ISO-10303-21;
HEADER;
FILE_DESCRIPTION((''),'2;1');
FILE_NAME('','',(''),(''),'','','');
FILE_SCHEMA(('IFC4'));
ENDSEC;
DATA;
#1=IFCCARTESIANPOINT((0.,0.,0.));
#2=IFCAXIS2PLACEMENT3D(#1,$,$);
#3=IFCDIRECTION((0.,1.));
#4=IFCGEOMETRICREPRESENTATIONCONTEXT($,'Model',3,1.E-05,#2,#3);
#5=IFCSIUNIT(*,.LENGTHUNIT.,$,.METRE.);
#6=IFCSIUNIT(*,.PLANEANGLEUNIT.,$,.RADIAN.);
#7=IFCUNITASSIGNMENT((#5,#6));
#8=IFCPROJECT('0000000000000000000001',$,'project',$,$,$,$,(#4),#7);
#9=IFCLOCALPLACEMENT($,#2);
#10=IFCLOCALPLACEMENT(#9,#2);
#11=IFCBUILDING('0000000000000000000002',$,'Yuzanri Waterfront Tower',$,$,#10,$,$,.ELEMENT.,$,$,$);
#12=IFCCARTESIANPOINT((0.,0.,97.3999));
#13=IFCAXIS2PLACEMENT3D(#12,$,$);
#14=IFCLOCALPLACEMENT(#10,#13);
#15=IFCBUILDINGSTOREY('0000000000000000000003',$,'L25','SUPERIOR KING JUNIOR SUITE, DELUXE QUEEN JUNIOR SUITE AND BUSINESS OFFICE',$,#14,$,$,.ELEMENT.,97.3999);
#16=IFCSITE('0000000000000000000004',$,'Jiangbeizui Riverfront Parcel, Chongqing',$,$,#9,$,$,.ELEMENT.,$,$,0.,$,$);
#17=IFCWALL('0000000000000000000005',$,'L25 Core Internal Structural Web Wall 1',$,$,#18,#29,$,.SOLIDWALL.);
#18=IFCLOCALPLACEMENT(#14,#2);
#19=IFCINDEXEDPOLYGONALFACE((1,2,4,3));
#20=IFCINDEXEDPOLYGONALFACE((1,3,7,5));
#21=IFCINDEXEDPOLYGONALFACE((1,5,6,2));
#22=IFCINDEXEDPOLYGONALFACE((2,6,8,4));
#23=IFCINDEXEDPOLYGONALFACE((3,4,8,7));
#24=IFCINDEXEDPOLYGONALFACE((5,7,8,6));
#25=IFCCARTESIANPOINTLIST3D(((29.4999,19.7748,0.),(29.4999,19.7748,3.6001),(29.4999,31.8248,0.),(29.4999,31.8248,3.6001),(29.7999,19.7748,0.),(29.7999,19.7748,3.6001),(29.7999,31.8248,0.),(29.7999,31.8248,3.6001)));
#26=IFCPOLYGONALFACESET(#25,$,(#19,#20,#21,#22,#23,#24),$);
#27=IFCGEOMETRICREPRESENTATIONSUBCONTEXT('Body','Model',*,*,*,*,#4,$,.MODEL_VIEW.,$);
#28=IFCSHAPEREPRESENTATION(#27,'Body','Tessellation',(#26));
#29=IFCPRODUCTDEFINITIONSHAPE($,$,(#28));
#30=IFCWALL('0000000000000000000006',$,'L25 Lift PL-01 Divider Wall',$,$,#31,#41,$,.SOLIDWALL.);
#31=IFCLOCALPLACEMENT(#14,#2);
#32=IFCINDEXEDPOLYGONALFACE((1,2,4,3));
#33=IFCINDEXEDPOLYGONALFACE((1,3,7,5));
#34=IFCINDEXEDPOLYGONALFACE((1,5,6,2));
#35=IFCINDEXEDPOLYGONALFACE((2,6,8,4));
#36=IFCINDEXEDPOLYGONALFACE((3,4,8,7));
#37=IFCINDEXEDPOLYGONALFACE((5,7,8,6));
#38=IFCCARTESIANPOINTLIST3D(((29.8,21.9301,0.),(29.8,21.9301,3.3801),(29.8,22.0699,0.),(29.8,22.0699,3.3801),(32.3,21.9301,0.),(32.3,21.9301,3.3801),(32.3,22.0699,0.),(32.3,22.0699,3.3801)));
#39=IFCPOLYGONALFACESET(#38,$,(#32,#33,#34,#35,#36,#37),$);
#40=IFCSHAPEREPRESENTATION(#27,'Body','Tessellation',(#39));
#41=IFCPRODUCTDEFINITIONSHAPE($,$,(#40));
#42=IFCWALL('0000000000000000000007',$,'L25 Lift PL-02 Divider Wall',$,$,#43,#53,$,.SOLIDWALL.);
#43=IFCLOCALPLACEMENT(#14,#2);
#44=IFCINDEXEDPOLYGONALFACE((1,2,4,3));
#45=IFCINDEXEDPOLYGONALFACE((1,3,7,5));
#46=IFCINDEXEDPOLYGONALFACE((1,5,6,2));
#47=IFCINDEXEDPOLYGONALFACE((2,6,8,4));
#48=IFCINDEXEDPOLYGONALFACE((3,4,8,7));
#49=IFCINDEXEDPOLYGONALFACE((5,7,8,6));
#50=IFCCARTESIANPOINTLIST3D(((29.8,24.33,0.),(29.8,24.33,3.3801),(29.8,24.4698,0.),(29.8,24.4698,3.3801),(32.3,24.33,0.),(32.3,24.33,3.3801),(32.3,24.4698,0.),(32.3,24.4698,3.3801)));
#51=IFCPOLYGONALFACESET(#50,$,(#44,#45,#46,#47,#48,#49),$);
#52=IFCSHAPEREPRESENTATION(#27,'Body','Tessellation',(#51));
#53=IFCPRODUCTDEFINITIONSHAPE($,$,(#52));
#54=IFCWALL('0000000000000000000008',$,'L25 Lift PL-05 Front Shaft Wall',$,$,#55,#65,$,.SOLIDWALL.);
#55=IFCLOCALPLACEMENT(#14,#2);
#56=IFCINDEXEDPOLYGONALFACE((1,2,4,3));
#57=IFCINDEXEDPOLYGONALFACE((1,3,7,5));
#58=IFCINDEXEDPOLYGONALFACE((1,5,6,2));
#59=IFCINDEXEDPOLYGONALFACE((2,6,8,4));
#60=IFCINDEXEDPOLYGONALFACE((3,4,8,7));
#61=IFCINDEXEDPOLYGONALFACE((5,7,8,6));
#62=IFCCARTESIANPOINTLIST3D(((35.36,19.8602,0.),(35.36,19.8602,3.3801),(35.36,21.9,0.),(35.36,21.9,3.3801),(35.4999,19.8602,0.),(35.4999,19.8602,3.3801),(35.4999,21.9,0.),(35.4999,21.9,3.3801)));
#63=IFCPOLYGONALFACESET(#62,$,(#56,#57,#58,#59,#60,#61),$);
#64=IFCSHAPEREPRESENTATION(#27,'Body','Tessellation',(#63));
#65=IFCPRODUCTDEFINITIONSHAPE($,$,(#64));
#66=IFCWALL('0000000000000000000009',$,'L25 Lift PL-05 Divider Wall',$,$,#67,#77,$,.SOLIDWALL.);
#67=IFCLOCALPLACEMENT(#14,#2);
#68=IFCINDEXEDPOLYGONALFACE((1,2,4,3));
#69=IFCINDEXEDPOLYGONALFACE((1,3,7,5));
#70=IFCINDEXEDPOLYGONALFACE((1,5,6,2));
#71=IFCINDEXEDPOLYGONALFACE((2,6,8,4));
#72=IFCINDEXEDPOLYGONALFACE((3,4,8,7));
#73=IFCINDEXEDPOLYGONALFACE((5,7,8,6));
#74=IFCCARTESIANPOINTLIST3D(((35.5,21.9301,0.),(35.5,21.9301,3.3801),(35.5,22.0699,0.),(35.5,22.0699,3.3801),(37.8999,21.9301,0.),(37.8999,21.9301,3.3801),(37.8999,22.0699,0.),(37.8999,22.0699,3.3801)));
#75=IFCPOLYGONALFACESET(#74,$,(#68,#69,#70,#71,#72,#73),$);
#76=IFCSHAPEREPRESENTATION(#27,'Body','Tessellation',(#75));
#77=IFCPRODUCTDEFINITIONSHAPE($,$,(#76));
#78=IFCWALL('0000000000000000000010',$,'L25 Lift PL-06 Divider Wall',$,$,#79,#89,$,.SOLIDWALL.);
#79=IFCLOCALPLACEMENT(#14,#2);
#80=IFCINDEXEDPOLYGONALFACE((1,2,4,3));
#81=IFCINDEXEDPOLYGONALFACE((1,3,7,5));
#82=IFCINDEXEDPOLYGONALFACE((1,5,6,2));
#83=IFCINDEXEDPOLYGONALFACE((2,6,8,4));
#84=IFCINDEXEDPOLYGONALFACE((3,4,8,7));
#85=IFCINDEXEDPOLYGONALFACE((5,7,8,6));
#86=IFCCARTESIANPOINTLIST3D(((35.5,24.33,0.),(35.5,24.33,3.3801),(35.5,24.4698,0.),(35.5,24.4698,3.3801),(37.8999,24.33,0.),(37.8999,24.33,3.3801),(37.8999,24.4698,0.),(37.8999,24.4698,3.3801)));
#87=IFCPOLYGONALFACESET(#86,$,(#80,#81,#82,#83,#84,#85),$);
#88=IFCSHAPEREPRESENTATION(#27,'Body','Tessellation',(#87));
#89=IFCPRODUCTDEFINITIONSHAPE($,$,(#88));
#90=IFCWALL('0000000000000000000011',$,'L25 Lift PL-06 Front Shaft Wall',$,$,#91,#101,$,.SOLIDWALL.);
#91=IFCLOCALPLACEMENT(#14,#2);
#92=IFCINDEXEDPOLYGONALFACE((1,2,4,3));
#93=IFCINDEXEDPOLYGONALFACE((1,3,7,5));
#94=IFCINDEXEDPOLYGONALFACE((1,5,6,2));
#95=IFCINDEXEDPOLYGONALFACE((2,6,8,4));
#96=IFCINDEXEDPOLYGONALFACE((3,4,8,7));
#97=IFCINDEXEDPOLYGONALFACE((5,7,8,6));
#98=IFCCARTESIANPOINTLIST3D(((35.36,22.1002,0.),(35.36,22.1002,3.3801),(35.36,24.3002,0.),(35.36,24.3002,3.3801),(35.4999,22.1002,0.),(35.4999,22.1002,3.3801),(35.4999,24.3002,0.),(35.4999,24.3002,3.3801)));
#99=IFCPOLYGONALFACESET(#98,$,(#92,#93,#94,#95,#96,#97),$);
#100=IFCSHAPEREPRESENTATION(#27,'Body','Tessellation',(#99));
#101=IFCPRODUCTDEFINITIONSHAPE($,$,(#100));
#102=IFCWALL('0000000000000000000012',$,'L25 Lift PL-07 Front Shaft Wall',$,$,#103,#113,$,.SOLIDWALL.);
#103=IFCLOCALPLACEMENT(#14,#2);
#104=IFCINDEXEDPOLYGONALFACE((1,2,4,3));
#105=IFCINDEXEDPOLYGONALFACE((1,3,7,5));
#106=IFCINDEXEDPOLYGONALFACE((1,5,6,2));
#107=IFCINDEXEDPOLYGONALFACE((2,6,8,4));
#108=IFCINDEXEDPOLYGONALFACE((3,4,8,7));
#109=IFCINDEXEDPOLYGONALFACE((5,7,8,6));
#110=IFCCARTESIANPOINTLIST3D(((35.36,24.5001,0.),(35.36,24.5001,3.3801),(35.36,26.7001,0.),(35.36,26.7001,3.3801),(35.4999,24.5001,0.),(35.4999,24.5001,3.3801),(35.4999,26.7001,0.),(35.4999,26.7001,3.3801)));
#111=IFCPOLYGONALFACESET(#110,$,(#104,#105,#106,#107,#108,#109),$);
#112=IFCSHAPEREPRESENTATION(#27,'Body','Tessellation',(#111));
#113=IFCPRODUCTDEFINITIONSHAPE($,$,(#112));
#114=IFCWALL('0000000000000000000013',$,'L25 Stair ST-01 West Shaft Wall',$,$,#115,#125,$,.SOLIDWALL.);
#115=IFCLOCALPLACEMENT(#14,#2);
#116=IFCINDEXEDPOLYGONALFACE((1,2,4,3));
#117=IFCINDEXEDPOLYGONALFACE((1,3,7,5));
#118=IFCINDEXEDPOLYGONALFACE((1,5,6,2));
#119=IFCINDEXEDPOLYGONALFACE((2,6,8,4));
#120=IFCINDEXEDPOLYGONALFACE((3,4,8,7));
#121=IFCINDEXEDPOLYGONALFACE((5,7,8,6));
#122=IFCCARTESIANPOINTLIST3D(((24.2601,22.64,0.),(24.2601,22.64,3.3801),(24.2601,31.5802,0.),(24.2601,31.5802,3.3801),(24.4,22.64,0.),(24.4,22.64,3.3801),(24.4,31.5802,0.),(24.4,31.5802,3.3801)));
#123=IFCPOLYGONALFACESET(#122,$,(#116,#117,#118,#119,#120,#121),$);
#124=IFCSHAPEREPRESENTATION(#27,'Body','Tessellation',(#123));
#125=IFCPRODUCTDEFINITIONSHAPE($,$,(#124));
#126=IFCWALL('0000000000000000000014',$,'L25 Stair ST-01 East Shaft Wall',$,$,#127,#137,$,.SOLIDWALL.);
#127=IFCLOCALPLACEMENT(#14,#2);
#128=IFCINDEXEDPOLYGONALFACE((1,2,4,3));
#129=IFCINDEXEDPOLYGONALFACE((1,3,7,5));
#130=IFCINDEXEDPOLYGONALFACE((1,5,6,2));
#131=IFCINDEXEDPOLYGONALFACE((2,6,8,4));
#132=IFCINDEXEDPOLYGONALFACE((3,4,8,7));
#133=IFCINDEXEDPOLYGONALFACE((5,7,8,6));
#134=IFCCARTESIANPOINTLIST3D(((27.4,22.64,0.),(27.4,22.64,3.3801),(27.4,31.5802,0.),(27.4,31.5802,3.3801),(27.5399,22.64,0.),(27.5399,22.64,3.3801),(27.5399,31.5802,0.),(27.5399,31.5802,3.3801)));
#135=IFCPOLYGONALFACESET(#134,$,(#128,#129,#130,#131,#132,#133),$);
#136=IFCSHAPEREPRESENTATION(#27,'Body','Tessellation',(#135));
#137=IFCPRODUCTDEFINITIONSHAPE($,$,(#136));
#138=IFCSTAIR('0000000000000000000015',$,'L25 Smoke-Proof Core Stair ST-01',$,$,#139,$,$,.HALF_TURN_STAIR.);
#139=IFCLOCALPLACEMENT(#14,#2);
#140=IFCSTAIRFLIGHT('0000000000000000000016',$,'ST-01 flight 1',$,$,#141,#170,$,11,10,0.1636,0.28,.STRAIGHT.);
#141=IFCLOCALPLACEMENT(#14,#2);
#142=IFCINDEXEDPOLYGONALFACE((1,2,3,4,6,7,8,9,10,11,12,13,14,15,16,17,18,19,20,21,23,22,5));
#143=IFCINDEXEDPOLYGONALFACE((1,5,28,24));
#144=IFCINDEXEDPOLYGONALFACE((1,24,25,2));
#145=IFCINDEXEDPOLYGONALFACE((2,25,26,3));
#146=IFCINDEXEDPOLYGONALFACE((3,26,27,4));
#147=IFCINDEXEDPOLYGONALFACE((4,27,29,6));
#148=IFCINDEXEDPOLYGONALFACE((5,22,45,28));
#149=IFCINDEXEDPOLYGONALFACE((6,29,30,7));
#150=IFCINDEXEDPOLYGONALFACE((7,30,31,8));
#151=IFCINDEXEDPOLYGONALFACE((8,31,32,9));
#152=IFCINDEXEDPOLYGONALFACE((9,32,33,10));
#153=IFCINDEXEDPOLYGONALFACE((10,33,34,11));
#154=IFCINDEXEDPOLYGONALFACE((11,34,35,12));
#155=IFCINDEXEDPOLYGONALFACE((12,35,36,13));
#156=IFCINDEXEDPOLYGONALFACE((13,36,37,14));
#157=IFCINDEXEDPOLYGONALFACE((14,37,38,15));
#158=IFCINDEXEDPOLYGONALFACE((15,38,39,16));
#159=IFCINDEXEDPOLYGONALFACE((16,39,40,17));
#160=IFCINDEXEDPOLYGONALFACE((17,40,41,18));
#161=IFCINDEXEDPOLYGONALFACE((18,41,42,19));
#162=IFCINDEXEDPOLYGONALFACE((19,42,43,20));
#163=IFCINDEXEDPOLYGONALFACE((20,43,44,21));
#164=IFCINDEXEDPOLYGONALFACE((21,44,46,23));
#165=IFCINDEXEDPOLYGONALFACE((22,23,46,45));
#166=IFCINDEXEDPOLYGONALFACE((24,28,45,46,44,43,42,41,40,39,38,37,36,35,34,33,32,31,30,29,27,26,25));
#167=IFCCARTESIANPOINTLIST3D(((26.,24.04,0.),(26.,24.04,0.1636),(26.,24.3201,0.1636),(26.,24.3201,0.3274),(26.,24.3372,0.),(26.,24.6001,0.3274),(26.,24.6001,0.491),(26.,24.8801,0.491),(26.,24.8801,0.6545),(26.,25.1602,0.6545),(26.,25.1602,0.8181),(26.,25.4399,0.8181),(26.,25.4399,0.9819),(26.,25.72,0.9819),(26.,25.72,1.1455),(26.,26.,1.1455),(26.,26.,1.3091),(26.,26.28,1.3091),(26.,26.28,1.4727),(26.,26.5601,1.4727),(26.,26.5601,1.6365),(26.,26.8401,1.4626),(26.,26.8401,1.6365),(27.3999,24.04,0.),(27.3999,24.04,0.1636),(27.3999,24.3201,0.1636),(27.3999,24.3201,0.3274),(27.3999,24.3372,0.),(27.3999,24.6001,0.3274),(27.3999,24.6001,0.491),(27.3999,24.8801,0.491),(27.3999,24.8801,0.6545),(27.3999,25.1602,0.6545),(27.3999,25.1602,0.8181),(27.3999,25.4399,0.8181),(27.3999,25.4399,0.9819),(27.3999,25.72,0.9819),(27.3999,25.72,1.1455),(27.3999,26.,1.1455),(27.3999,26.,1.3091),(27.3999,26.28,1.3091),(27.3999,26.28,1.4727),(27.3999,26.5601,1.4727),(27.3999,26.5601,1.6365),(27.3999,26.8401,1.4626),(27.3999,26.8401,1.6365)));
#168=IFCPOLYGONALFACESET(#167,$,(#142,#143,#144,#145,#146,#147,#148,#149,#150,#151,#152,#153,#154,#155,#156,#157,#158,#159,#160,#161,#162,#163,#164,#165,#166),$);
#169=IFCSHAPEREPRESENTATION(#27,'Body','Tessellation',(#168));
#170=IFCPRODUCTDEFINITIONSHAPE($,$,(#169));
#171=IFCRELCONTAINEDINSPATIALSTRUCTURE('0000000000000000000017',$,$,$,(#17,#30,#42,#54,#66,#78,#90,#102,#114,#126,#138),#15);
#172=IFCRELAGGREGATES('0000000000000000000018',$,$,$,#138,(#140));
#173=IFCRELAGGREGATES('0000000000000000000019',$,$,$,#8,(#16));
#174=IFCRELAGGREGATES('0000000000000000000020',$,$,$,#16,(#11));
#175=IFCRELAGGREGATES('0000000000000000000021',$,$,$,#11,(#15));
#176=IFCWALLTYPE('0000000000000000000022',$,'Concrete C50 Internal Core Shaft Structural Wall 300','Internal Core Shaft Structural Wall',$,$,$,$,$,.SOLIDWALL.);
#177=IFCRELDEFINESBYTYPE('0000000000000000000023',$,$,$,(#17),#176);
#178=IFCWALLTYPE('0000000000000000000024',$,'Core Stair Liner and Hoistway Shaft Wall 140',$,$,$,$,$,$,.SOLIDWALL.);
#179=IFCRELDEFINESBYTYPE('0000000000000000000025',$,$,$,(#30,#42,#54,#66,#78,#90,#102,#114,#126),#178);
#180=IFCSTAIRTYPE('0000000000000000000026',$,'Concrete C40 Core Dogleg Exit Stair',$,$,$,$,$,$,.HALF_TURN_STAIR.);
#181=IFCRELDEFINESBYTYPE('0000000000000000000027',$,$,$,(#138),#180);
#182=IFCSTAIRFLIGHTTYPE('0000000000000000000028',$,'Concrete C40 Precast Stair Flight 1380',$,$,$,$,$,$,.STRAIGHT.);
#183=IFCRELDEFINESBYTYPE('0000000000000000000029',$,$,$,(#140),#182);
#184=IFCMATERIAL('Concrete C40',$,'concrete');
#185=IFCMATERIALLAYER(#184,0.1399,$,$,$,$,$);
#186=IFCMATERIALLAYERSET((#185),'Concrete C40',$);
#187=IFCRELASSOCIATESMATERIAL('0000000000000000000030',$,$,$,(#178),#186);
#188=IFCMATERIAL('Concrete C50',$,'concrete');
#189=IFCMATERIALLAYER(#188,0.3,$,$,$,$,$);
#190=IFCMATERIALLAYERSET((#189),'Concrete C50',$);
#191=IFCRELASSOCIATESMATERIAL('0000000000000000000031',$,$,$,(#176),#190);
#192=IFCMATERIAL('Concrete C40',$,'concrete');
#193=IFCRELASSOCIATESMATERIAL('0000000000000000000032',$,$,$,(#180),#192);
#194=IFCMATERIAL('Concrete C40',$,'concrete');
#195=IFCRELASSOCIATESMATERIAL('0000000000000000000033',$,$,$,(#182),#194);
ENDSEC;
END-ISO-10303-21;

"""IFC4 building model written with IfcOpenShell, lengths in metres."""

from ifc_helpers import new_model, si_unit, direction, frame, frame_2d, origin, place, context, subcontext, project, spatial, polyline, rectangle, outline, extrude, source, transform, mapped, material, layer, layer_set, type_object, element, aggregate, save


model = new_model("IFC4")

# Units and contexts
model_context = context("Model", 3, precision=1e-05, world=origin(), true_north=direction((0.0, 1.0)))
body_context = subcontext(model_context, "Body", "Model", "MODEL_VIEW")
ifc_project = project(units=[si_unit("LENGTHUNIT", "METRE"), si_unit("PLANEANGLEUNIT", "RADIAN")], contexts=[model_context])

# Site, building, storey
site_placement = place(None, origin())
site = spatial("IfcSite", under=ifc_project, at=site_placement, Name="Jiangbeizui Riverfront Parcel, Chongqing", CompositionType="ELEMENT", RefElevation=0.0)
building_placement = place(site_placement, origin())
building = spatial("IfcBuilding", under=site, at=building_placement, Name="Yuzanri Waterfront Tower", CompositionType="ELEMENT")
storey_placement = place(building_placement, frame((0.0, 0.0, 97.3999)))
storey = spatial("IfcBuildingStorey", under=building, at=storey_placement, Name="L25", Description="SUPERIOR KING JUNIOR SUITE, DELUXE QUEEN JUNIOR SUITE AND BUSINESS OFFICE", CompositionType="ELEMENT", Elevation=97.3999)

# Shared definitions
ifc_material_1 = material(Name="Concrete C40", Category="concrete")
ifc_layer_1 = layer(ifc_material_1, 0.1399)
ifc_layer_set_1 = layer_set([ifc_layer_1], Name="Concrete C40")
wall_type_1 = type_object("IfcWallType", Name="Core Stair Liner and Hoistway Shaft Wall 140", PredefinedType="SOLIDWALL", material=ifc_layer_set_1)

# Walls
ifc_material_2 = material(Name="Concrete C50", Category="concrete")
ifc_layer_2 = layer(ifc_material_2, 0.3)
ifc_layer_set_2 = layer_set([ifc_layer_2], Name="Concrete C50")
wall_type_2 = type_object("IfcWallType", Name="Concrete C50 Internal Core Shaft Structural Wall 300", Description="Internal Core Shaft Structural Wall", PredefinedType="SOLIDWALL", material=ifc_layer_set_2)
shared_shape_1 = source(origin(), body_context, "Body", "SweptSolid", [
    extrude(rectangle(XDim=12.05, YDim=0.3, at=frame_2d((6.0249, 0.0))), origin(), (0.0, 0.0, 1.0), 3.6001),
])
wall_1_placement = place(storey_placement, frame((29.6499, 19.7749, 0.0), z_axis=(0.0, 0.0, 1.0), x_axis=(0.0, 1.0, 0.0)))
element("IfcWall", 1, at=wall_1_placement, inside=storey, type_object=wall_type_2, Name="L25 Core Internal Structural Web Wall 1", PredefinedType="SOLIDWALL", context=body_context, shape_type="MappedRepresentation", body=[
    mapped(shared_shape_1, transform((0.0, 0.0, 0.0), scale=1.0)),
])
shared_shape_2 = source(origin(), body_context, "Body", "SweptSolid", [
    extrude(rectangle(XDim=2.5, YDim=0.1399, at=frame_2d((1.25, 0.0))), origin(), (0.0, 0.0, 1.0), 3.3801),
])
for number, where, z_axis, x_axis, name in (
    (2, (29.8, 22.0, 0.0), (0.0, 0.0, 1.0), (1.0, 0.0, 0.0), "L25 Lift PL-01 Divider Wall"),
    (3, (29.8, 24.3999, 0.0), (0.0, 0.0, 1.0), (1.0, 0.0, 0.0), "L25 Lift PL-02 Divider Wall"),
):
    element("IfcWall", number, at=place(storey_placement, frame(where, z_axis=z_axis, x_axis=x_axis)), inside=storey, type_object=wall_type_1, Name=name, PredefinedType="SOLIDWALL", context=body_context, shape_type="MappedRepresentation", body=[
        mapped(shared_shape_2, transform((0.0, 0.0, 0.0), scale=1.0)),
    ])
shared_shape_3 = source(origin(), body_context, "Body", "SweptSolid", [
    extrude(rectangle(XDim=2.0398, YDim=0.1399, at=frame_2d((1.02, 0.0))), origin(), (0.0, 0.0, 1.0), 3.3801),
])
wall_2_placement = place(storey_placement, frame((35.4299, 19.8601, 0.0), z_axis=(0.0, 0.0, 1.0), x_axis=(0.0, 1.0, 0.0)))
element("IfcWall", 4, at=wall_2_placement, inside=storey, type_object=wall_type_1, Name="L25 Lift PL-05 Front Shaft Wall", PredefinedType="SOLIDWALL", context=body_context, shape_type="MappedRepresentation", body=[
    mapped(shared_shape_3, transform((0.0, 0.0, 0.0), scale=1.0)),
])
shared_shape_4 = source(origin(), body_context, "Body", "SweptSolid", [
    extrude(rectangle(XDim=2.3999, YDim=0.1399, at=frame_2d((1.2, 0.0))), origin(), (0.0, 0.0, 1.0), 3.3801),
])
for number, where, z_axis, x_axis, name in (
    (5, (35.5, 22.0, 0.0), (0.0, 0.0, 1.0), (1.0, 0.0, 0.0), "L25 Lift PL-05 Divider Wall"),
    (6, (35.5, 24.3999, 0.0), (0.0, 0.0, 1.0), (1.0, 0.0, 0.0), "L25 Lift PL-06 Divider Wall"),
):
    element("IfcWall", number, at=place(storey_placement, frame(where, z_axis=z_axis, x_axis=x_axis)), inside=storey, type_object=wall_type_1, Name=name, PredefinedType="SOLIDWALL", context=body_context, shape_type="MappedRepresentation", body=[
        mapped(shared_shape_4, transform((0.0, 0.0, 0.0), scale=1.0)),
    ])
shared_shape_5 = source(origin(), body_context, "Body", "SweptSolid", [
    extrude(rectangle(XDim=2.2, YDim=0.1399, at=frame_2d((1.1001, 0.0))), origin(), (0.0, 0.0, 1.0), 3.3801),
])
for number, where, z_axis, x_axis, name in (
    (7, (35.4299, 22.1001, 0.0), (0.0, 0.0, 1.0), (0.0, 1.0, 0.0), "L25 Lift PL-06 Front Shaft Wall"),
    (8, (35.4299, 24.5, 0.0), (0.0, 0.0, 1.0), (0.0, 1.0, 0.0), "L25 Lift PL-07 Front Shaft Wall"),
):
    element("IfcWall", number, at=place(storey_placement, frame(where, z_axis=z_axis, x_axis=x_axis)), inside=storey, type_object=wall_type_1, Name=name, PredefinedType="SOLIDWALL", context=body_context, shape_type="MappedRepresentation", body=[
        mapped(shared_shape_5, transform((0.0, 0.0, 0.0), scale=1.0)),
    ])
shared_shape_6 = source(origin(), body_context, "Body", "SweptSolid", [
    extrude(rectangle(XDim=8.9402, YDim=0.1399, at=frame_2d((4.4702, 0.0))), origin(), (0.0, 0.0, 1.0), 3.3801),
])
for number, where, z_axis, x_axis, name in (
    (9, (24.3301, 22.6399, 0.0), (0.0, 0.0, 1.0), (0.0, 1.0, 0.0), "L25 Stair ST-01 West Shaft Wall"),
    (10, (27.47, 22.6399, 0.0), (0.0, 0.0, 1.0), (0.0, 1.0, 0.0), "L25 Stair ST-01 East Shaft Wall"),
):
    element("IfcWall", number, at=place(storey_placement, frame(where, z_axis=z_axis, x_axis=x_axis)), inside=storey, type_object=wall_type_1, Name=name, PredefinedType="SOLIDWALL", context=body_context, shape_type="MappedRepresentation", body=[
        mapped(shared_shape_6, transform((0.0, 0.0, 0.0), scale=1.0)),
    ])

# Stair, stair flight
ifc_material_3 = material(Name="Concrete C40", Category="concrete")
stair_type = type_object("IfcStairType", Name="Concrete C40 Core Dogleg Exit Stair", PredefinedType="HALF_TURN_STAIR", material=ifc_material_3)
stair_placement = place(storey_placement, origin())
stair = element("IfcStair", 11, at=stair_placement, inside=storey, type_object=stair_type, Name="L25 Smoke-Proof Core Stair ST-01", PredefinedType="HALF_TURN_STAIR")
ifc_material_4 = material(Name="Concrete C40", Category="concrete")
stair_flight_type = type_object("IfcStairFlightType", Name="Concrete C40 Precast Stair Flight 1380", PredefinedType="STRAIGHT", material=ifc_material_4)
shared_shape_7 = source(origin(), body_context, "Body", "SweptSolid", [
    extrude(outline(polyline([(0.0, 0.0), (0.0, 0.1636), (0.28, 0.1636), (0.28, 0.3274), (0.5601, 0.3274), (0.5601, 0.491), (0.8401, 0.491), (0.8401, 0.6545), (1.1201, 0.6545), (1.1201, 0.8181), (1.3999, 0.8181), (1.3999, 0.9819), (1.6799, 0.9819), (1.6799, 1.1455), (1.96, 1.1455), (1.96, 1.3091), (2.24, 1.3091), (2.24, 1.4727), (2.52, 1.4727), (2.52, 1.6365), (2.8, 1.6365), (2.8, 1.8), (2.8, 1.4626), (0.2971, 0.0), (0.0, 0.0)])), frame((0.0, 0.7, 0.0), z_axis=(0.0, -1.0, 0.0), x_axis=(1.0, 0.0, 0.0)), (0.0, 0.0, 1.0), 1.3999),
])
stair_flight_placement = place(storey_placement, frame((26.7, 24.04, 0.0), z_axis=(0.0, 0.0, 1.0), x_axis=(0.0, 1.0, 0.0)))
stair_flight = element("IfcStairFlight", 12, at=stair_flight_placement, type_object=stair_flight_type, Name="ST-01 flight 1", NumberOfRisers=11, NumberOfTreads=10, PredefinedType="STRAIGHT", RiserHeight=0.1636, TreadLength=0.28, context=body_context, shape_type="MappedRepresentation", body=[
    mapped(shared_shape_7, transform((0.0, 0.0, 0.0), scale=1.0)),
])
aggregate(stair, [stair_flight])

save(model, "model.ifc")
